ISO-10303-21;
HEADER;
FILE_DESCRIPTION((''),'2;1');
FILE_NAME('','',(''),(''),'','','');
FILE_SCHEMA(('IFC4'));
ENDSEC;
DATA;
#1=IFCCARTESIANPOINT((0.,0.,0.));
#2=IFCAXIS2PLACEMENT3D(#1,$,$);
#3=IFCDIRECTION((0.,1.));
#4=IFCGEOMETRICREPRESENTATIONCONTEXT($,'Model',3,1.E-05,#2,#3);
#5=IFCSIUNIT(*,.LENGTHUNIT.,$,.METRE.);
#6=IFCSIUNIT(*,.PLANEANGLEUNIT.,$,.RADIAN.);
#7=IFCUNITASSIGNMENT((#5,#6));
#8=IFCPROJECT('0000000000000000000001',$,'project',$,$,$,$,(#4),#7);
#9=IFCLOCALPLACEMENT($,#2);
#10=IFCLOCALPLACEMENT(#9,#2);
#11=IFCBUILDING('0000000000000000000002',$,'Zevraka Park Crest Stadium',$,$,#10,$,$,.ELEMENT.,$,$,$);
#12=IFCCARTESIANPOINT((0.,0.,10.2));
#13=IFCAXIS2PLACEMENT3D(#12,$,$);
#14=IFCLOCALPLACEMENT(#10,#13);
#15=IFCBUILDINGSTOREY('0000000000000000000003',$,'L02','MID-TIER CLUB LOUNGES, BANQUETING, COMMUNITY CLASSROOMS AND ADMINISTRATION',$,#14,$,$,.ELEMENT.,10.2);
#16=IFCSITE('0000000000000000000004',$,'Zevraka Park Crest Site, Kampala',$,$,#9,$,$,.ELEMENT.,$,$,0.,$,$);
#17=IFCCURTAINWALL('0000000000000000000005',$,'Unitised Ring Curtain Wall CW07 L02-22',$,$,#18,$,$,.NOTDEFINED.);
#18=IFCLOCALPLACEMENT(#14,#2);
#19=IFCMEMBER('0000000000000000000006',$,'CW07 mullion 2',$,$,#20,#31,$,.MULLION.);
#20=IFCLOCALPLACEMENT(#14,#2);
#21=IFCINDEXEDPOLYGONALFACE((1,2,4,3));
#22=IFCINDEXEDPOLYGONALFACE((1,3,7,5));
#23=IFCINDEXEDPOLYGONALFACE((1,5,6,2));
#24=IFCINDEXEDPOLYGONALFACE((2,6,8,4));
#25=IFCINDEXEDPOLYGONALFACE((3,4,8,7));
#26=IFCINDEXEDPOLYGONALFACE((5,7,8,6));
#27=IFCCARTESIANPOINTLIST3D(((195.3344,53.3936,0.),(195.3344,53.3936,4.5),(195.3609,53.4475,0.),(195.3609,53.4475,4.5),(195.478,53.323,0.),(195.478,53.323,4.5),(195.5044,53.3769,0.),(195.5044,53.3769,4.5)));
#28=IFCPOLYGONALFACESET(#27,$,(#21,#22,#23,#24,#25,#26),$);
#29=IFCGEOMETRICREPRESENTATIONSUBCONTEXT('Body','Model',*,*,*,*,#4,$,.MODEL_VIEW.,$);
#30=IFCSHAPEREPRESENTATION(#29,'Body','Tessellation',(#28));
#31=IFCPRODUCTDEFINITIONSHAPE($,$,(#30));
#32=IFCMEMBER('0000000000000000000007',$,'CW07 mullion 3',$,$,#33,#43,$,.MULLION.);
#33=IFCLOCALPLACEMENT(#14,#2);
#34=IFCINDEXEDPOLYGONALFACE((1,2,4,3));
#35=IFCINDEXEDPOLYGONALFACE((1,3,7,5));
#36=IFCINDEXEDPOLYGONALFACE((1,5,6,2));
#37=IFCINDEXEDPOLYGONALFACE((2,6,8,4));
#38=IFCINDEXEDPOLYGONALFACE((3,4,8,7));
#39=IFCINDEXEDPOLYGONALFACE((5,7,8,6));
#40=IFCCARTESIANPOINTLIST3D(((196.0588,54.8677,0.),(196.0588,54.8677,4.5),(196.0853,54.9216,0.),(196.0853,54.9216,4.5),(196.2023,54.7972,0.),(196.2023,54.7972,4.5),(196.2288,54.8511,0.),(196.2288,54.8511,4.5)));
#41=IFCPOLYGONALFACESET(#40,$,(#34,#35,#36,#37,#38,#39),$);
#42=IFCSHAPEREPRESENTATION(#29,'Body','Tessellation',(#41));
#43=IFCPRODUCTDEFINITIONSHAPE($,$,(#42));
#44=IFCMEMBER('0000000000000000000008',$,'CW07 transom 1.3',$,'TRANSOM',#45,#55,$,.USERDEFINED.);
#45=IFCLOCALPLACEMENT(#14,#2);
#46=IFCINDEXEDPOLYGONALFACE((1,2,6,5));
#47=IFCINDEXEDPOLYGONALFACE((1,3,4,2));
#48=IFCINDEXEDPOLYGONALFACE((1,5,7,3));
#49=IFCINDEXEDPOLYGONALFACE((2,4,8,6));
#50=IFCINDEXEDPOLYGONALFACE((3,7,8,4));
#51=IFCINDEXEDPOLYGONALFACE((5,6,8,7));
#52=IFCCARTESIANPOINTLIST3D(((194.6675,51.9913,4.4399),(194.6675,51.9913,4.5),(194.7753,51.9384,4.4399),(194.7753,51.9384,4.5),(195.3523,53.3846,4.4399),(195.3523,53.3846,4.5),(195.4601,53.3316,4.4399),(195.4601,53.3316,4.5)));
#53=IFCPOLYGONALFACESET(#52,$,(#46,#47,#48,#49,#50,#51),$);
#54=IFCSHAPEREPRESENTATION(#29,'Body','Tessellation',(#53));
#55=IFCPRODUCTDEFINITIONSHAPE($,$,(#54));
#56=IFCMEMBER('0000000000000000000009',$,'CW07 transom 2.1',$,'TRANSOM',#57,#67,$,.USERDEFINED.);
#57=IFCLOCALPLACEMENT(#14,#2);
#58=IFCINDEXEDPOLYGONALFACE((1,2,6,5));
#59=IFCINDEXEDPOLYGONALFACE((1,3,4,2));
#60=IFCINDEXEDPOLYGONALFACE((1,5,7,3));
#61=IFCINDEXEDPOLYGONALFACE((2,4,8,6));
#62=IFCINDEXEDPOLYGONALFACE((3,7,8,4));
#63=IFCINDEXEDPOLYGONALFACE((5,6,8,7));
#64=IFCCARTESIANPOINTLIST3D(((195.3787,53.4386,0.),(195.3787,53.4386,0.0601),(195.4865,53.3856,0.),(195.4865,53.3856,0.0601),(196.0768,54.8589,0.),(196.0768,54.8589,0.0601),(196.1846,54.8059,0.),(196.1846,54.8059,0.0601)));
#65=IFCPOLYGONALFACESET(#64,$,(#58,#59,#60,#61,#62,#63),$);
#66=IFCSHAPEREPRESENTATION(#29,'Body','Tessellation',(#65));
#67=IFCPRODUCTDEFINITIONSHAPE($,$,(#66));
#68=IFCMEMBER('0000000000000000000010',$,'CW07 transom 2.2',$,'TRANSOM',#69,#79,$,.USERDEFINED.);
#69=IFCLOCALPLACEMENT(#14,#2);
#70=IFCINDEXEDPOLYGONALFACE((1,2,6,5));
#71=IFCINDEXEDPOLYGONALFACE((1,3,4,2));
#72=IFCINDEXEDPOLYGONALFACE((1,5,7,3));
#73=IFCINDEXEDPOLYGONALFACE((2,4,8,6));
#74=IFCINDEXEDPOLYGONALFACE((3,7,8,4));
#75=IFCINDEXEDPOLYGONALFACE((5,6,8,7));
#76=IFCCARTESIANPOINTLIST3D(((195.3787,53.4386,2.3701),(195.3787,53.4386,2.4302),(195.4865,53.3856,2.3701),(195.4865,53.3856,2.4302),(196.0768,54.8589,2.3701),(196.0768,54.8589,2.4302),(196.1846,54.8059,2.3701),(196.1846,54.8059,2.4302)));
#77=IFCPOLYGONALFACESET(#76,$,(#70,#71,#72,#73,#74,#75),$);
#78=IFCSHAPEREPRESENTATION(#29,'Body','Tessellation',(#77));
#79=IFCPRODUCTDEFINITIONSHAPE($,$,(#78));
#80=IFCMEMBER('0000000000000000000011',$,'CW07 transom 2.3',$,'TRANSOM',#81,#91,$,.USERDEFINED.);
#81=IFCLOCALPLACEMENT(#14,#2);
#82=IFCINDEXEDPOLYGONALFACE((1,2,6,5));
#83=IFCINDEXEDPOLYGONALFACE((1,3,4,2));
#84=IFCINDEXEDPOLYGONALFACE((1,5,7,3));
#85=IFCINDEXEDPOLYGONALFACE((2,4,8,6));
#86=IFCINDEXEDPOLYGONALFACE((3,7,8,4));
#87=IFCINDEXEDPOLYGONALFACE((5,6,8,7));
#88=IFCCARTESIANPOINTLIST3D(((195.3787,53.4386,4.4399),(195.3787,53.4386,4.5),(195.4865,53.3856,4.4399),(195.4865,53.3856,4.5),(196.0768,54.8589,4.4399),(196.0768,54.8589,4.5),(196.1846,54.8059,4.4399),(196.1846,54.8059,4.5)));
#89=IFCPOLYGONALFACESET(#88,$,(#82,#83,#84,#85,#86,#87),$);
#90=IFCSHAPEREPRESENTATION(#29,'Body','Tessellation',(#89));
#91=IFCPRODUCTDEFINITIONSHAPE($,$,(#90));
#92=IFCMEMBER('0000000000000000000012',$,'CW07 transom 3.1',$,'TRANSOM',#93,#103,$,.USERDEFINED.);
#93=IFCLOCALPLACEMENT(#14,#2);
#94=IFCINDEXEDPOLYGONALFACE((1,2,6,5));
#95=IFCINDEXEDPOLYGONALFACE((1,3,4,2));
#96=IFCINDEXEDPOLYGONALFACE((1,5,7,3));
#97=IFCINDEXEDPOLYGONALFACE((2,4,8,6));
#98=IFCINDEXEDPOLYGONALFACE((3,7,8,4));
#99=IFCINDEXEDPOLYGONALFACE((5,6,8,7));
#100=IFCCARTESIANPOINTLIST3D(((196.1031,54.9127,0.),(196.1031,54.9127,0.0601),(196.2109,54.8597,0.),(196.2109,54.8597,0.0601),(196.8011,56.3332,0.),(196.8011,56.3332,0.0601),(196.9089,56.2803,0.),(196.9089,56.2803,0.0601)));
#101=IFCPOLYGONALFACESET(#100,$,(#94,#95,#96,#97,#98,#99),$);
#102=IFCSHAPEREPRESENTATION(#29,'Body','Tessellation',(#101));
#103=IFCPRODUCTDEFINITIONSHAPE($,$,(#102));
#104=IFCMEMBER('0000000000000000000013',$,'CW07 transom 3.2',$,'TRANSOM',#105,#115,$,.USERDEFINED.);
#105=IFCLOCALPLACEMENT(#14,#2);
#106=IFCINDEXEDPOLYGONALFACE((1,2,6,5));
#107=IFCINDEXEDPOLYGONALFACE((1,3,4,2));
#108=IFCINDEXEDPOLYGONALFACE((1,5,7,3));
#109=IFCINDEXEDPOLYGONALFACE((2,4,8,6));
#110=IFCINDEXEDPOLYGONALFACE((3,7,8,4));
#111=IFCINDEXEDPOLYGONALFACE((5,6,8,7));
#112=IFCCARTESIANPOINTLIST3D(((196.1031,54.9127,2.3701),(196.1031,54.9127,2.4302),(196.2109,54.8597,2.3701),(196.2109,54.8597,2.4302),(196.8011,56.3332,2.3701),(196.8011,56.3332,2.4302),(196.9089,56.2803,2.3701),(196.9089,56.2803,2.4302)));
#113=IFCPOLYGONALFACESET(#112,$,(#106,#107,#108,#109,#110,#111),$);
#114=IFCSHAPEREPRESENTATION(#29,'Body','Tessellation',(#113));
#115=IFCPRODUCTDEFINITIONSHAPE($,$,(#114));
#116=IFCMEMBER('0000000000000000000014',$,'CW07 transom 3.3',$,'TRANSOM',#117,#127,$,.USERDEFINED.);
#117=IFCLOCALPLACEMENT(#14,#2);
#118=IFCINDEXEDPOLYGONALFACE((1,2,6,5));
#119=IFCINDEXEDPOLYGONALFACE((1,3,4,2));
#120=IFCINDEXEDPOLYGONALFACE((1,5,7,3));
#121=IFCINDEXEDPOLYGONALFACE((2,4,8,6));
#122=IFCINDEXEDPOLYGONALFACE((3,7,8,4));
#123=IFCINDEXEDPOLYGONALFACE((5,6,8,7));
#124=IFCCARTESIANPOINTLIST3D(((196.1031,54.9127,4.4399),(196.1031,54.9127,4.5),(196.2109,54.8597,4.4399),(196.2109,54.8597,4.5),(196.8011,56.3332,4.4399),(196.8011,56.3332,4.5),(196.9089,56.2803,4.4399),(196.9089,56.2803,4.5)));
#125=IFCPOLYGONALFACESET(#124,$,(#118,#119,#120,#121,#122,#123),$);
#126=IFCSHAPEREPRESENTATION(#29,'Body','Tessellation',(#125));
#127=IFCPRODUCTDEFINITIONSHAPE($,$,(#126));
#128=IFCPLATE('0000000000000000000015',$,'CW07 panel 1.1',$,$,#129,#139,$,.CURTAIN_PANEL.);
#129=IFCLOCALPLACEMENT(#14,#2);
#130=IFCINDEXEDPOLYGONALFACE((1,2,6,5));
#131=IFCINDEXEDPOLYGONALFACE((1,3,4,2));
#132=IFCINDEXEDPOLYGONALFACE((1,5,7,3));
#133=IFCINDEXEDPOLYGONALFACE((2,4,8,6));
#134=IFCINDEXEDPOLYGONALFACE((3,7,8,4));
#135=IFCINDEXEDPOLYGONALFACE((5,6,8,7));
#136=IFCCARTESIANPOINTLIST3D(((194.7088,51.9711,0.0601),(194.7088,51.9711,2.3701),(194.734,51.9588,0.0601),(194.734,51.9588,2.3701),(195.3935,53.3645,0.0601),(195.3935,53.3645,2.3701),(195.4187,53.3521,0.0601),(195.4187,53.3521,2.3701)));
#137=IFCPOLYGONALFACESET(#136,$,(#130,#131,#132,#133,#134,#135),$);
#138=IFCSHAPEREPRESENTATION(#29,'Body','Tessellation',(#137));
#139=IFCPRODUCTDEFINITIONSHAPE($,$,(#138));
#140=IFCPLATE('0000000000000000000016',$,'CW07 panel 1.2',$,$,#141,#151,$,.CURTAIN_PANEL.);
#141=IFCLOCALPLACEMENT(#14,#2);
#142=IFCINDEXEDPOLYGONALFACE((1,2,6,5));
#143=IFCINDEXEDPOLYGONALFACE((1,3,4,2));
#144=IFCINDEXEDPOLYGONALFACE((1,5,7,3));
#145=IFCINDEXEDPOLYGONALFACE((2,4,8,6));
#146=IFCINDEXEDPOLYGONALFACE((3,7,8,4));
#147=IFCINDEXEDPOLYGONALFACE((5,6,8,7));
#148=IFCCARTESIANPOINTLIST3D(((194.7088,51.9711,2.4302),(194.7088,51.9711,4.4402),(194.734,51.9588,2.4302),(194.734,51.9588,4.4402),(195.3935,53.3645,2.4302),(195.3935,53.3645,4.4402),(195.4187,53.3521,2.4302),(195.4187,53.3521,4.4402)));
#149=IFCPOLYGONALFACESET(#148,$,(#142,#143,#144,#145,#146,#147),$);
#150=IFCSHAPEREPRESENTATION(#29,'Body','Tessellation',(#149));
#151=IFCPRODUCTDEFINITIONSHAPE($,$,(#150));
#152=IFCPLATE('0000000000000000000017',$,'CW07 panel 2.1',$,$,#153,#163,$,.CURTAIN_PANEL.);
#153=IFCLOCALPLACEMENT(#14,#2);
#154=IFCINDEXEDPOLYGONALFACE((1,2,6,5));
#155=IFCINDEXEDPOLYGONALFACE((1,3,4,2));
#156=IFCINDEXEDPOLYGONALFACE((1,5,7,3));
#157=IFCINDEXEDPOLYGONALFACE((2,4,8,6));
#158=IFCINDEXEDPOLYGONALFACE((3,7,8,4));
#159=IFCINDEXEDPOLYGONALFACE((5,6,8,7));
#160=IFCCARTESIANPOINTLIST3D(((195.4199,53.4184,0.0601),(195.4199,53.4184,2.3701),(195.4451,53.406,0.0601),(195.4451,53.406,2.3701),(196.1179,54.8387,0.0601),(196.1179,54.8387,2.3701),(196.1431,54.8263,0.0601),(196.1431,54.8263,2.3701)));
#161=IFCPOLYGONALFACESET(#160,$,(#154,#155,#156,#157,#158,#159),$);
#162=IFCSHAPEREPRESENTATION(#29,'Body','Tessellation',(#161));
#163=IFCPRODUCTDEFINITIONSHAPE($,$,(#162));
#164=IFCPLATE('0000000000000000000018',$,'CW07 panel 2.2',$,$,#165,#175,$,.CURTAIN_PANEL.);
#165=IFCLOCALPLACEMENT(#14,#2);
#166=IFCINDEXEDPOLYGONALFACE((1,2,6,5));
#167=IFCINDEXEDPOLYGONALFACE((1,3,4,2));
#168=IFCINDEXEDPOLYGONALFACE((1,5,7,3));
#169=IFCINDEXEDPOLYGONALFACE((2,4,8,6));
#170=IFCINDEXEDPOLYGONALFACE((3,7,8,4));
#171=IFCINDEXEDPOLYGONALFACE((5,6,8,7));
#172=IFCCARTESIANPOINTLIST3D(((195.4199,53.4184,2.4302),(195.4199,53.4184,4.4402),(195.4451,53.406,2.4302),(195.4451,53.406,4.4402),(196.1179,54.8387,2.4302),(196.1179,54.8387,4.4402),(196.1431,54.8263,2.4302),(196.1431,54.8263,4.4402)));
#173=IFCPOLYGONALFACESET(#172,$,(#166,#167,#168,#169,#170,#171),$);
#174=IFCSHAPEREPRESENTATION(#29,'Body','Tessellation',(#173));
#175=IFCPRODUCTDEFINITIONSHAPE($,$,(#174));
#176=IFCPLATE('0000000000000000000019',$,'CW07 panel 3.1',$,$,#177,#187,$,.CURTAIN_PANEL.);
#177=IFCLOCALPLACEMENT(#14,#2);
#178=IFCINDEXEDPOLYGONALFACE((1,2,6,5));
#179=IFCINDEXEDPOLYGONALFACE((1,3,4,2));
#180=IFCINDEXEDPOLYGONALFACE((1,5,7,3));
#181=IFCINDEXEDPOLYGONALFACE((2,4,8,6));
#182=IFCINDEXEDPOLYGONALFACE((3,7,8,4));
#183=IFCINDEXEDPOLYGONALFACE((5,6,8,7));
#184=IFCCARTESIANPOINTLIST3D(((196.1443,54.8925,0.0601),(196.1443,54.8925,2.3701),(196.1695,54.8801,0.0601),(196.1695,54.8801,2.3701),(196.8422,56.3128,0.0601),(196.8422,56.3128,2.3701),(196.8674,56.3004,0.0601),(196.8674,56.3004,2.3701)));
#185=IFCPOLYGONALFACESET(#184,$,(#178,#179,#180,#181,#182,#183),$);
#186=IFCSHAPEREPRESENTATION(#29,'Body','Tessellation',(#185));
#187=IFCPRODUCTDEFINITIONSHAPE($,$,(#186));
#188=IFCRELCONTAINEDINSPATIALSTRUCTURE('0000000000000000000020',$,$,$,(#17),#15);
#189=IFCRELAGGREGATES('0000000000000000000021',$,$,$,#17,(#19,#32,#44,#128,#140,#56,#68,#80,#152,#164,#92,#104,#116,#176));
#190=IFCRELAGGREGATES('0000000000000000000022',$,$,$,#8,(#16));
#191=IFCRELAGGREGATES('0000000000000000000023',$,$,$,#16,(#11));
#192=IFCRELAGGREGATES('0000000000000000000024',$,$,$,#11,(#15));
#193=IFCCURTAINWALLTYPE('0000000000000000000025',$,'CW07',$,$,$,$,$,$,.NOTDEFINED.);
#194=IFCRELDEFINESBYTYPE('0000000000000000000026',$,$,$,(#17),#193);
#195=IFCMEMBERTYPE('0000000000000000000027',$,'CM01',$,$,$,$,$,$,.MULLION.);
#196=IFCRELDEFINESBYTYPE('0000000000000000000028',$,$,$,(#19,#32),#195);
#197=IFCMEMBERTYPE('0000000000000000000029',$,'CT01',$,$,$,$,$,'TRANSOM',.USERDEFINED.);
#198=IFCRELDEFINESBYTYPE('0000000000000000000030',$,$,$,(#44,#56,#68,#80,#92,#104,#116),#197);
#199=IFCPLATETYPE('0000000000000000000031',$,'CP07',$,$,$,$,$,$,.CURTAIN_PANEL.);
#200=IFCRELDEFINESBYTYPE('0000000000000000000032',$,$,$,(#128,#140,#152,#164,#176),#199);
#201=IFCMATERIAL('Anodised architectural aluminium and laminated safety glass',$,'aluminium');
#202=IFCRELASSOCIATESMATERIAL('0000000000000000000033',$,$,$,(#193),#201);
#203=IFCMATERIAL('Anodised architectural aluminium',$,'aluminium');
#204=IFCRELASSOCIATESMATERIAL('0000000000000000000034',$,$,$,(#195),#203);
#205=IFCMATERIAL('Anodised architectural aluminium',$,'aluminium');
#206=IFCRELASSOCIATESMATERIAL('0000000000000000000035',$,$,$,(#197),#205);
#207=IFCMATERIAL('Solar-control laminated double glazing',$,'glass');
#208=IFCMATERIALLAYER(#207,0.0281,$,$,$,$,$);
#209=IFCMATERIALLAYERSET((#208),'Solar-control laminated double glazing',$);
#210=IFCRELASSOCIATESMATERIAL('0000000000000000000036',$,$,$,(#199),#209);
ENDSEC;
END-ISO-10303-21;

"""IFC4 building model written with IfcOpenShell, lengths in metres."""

from ifc_helpers import new_model, si_unit, direction, frame, origin, origin_2d, place, context, subcontext, project, spatial, rectangle, extrude, material, layer, layer_set, material_profile, profile_set, type_object, element, aggregate, save


model = new_model("IFC4")

# Units and contexts
model_context = context("Model", 3, precision=1e-05, world=origin(), true_north=direction((0.0, 1.0)))
body_context = subcontext(model_context, "Body", "Model", "MODEL_VIEW")
ifc_project = project(units=[si_unit("LENGTHUNIT", "METRE"), si_unit("PLANEANGLEUNIT", "RADIAN")], contexts=[model_context])

# Site, building, storey
site_placement = place(None, origin())
site = spatial("IfcSite", under=ifc_project, at=site_placement, Name="Zevraka Park Crest Site, Kampala", CompositionType="ELEMENT", RefElevation=0.0)
building_placement = place(site_placement, origin())
building = spatial("IfcBuilding", under=site, at=building_placement, Name="Zevraka Park Crest Stadium", CompositionType="ELEMENT")
storey_placement = place(building_placement, frame((0.0, 0.0, 10.2)))
storey = spatial("IfcBuildingStorey", under=building, at=storey_placement, Name="L02", Description="MID-TIER CLUB LOUNGES, BANQUETING, COMMUNITY CLASSROOMS AND ADMINISTRATION", CompositionType="ELEMENT", Elevation=10.2)

# Curtain wall, members, plates
ifc_material_1 = material(Name="Anodised architectural aluminium and laminated safety glass", Category="aluminium")
curtain_wall_type = type_object("IfcCurtainWallType", Name="CW07", PredefinedType="NOTDEFINED", material=ifc_material_1)
curtain_wall_placement = place(storey_placement, origin())
curtain_wall = element("IfcCurtainWall", 1, at=curtain_wall_placement, inside=storey, type_object=curtain_wall_type, Name="Unitised Ring Curtain Wall CW07 L02-22", PredefinedType="NOTDEFINED")
ifc_material_2 = material(Name="Anodised architectural aluminium", Category="aluminium")
ifc_material_profile_1 = material_profile(ifc_material_2, rectangle(XDim=0.1599, YDim=0.0601, at=origin_2d()), Name="ALU MULLION 160x60")
ifc_profile_set_1 = profile_set([ifc_material_profile_1], Name="Anodised architectural aluminium")
member_type_1 = type_object("IfcMemberType", Name="CM01", PredefinedType="MULLION", material=ifc_profile_set_1)
member_1_placement = place(storey_placement, frame((195.4194, 53.3853, 0.0), z_axis=(0.0, 0.0, 1.0), x_axis=(-0.897497, 0.441021, 0.0)))
member_1 = element("IfcMember", 2, at=member_1_placement, type_object=member_type_1, Name="CW07 mullion 2", PredefinedType="MULLION", context=body_context, shape_type="SweptSolid", body=[
    extrude(rectangle(XDim=0.1599, YDim=0.0601, at=origin_2d()), origin(), (0.0, 0.0, 1.0), 4.5),
])
member_2_placement = place(storey_placement, frame((196.1438, 54.8594, 0.0), z_axis=(0.0, 0.0, 1.0), x_axis=(-0.897497, 0.441021, 0.0)))
member_2 = element("IfcMember", 3, at=member_2_placement, type_object=member_type_1, Name="CW07 mullion 3", PredefinedType="MULLION", context=body_context, shape_type="SweptSolid", body=[
    extrude(rectangle(XDim=0.1599, YDim=0.0601, at=origin_2d()), origin(), (0.0, 0.0, 1.0), 4.5),
])
ifc_material_3 = material(Name="Anodised architectural aluminium", Category="aluminium")
ifc_material_profile_2 = material_profile(ifc_material_3, rectangle(XDim=0.1201, YDim=0.0601, at=origin_2d()), Name="ALU TRANSOM 120x60")
ifc_profile_set_2 = profile_set([ifc_material_profile_2], Name="Anodised architectural aluminium")
member_type_2 = type_object("IfcMemberType", Name="CT01", ElementType="TRANSOM", PredefinedType="USERDEFINED", material=ifc_profile_set_2)
member_3_placement = place(storey_placement, frame((194.7214, 51.9648, 4.47), z_axis=(0.441102, 0.897457, 0.0), x_axis=(-0.897457, 0.441102, 0.0)))
member_3 = element("IfcMember", 4, at=member_3_placement, type_object=member_type_2, Name="CW07 transom 1.3", ObjectType="TRANSOM", PredefinedType="USERDEFINED", context=body_context, shape_type="SweptSolid", body=[
    extrude(rectangle(XDim=0.1201, YDim=0.0601, at=origin_2d()), origin(), (0.0, 0.0, 1.0), 1.5525),
])
member_4_placement = place(storey_placement, frame((195.4326, 53.4121, 0.03), z_axis=(0.441094, 0.897461, 0.0), x_axis=(-0.897461, 0.441094, 0.0)))
member_4 = element("IfcMember", 5, at=member_4_placement, type_object=member_type_2, Name="CW07 transom 2.1", ObjectType="TRANSOM", PredefinedType="USERDEFINED", context=body_context, shape_type="SweptSolid", body=[
    extrude(rectangle(XDim=0.1201, YDim=0.0601, at=origin_2d()), origin(), (0.0, 0.0, 1.0), 1.5825),
])
member_5_placement = place(storey_placement, frame((195.4326, 53.4121, 2.4001), z_axis=(0.441094, 0.897461, 0.0), x_axis=(-0.897461, 0.441094, 0.0)))
member_5 = element("IfcMember", 6, at=member_5_placement, type_object=member_type_2, Name="CW07 transom 2.2", ObjectType="TRANSOM", PredefinedType="USERDEFINED", context=body_context, shape_type="SweptSolid", body=[
    extrude(rectangle(XDim=0.1201, YDim=0.0601, at=origin_2d()), origin(), (0.0, 0.0, 1.0), 1.5825),
])
member_6_placement = place(storey_placement, frame((195.4326, 53.4121, 4.47), z_axis=(0.441094, 0.897461, 0.0), x_axis=(-0.897461, 0.441094, 0.0)))
member_6 = element("IfcMember", 7, at=member_6_placement, type_object=member_type_2, Name="CW07 transom 2.3", ObjectType="TRANSOM", PredefinedType="USERDEFINED", context=body_context, shape_type="SweptSolid", body=[
    extrude(rectangle(XDim=0.1201, YDim=0.0601, at=origin_2d()), origin(), (0.0, 0.0, 1.0), 1.5825),
])
member_7_placement = place(storey_placement, frame((196.157, 54.8862, 0.03), z_axis=(0.441033, 0.897491, 0.0), x_axis=(-0.897491, 0.441033, 0.0)))
member_7 = element("IfcMember", 8, at=member_7_placement, type_object=member_type_2, Name="CW07 transom 3.1", ObjectType="TRANSOM", PredefinedType="USERDEFINED", context=body_context, shape_type="SweptSolid", body=[
    extrude(rectangle(XDim=0.1201, YDim=0.0601, at=origin_2d()), origin(), (0.0, 0.0, 1.0), 1.5828),
])
member_8_placement = place(storey_placement, frame((196.157, 54.8862, 2.4001), z_axis=(0.441033, 0.897491, 0.0), x_axis=(-0.897491, 0.441033, 0.0)))
member_8 = element("IfcMember", 9, at=member_8_placement, type_object=member_type_2, Name="CW07 transom 3.2", ObjectType="TRANSOM", PredefinedType="USERDEFINED", context=body_context, shape_type="SweptSolid", body=[
    extrude(rectangle(XDim=0.1201, YDim=0.0601, at=origin_2d()), origin(), (0.0, 0.0, 1.0), 1.5828),
])
member_9_placement = place(storey_placement, frame((196.157, 54.8862, 4.47), z_axis=(0.441033, 0.897491, 0.0), x_axis=(-0.897491, 0.441033, 0.0)))
member_9 = element("IfcMember", 10, at=member_9_placement, type_object=member_type_2, Name="CW07 transom 3.3", ObjectType="TRANSOM", PredefinedType="USERDEFINED", context=body_context, shape_type="SweptSolid", body=[
    extrude(rectangle(XDim=0.1201, YDim=0.0601, at=origin_2d()), origin(), (0.0, 0.0, 1.0), 1.5828),
])
ifc_material_4 = material(Name="Solar-control laminated double glazing", Category="glass")
ifc_layer_1 = layer(ifc_material_4, 0.0281)
ifc_layer_set_1 = layer_set([ifc_layer_1], Name="Solar-control laminated double glazing")
plate_type = type_object("IfcPlateType", Name="CP07", PredefinedType="CURTAIN_PANEL", material=ifc_layer_set_1)
plate_1_placement = place(storey_placement, frame((195.0637, 52.6616, 0.0601), z_axis=(0.0, 0.0, 1.0), x_axis=(0.441021, 0.897497, 0.0)))
plate_1 = element("IfcPlate", 11, at=plate_1_placement, type_object=plate_type, Name="CW07 panel 1.1", PredefinedType="CURTAIN_PANEL", context=body_context, shape_type="SweptSolid", body=[
    extrude(rectangle(XDim=1.5525, YDim=0.0281, at=origin_2d()), origin(), (0.0, 0.0, 1.0), 2.3101),
])
plate_2_placement = place(storey_placement, frame((195.0637, 52.6616, 2.4302), z_axis=(0.0, 0.0, 1.0), x_axis=(0.441021, 0.897497, 0.0)))
plate_2 = element("IfcPlate", 12, at=plate_2_placement, type_object=plate_type, Name="CW07 panel 1.2", PredefinedType="CURTAIN_PANEL", context=body_context, shape_type="SweptSolid", body=[
    extrude(rectangle(XDim=1.5525, YDim=0.0281, at=origin_2d()), origin(), (0.0, 0.0, 1.0), 2.01),
])
plate_3_placement = place(storey_placement, frame((195.7815, 54.1223, 0.0601), z_axis=(0.0, 0.0, 1.0), x_axis=(0.441021, 0.897497, 0.0)))
plate_3 = element("IfcPlate", 13, at=plate_3_placement, type_object=plate_type, Name="CW07 panel 2.1", PredefinedType="CURTAIN_PANEL", context=body_context, shape_type="SweptSolid", body=[
    extrude(rectangle(XDim=1.5825, YDim=0.0281, at=origin_2d()), origin(), (0.0, 0.0, 1.0), 2.3101),
])
plate_4_placement = place(storey_placement, frame((195.7815, 54.1223, 2.4302), z_axis=(0.0, 0.0, 1.0), x_axis=(0.441021, 0.897497, 0.0)))
plate_4 = element("IfcPlate", 14, at=plate_4_placement, type_object=plate_type, Name="CW07 panel 2.2", PredefinedType="CURTAIN_PANEL", context=body_context, shape_type="SweptSolid", body=[
    extrude(rectangle(XDim=1.5825, YDim=0.0281, at=origin_2d()), origin(), (0.0, 0.0, 1.0), 2.01),
])
plate_5_placement = place(storey_placement, frame((196.5059, 55.5964, 0.0601), z_axis=(0.0, 0.0, 1.0), x_axis=(0.441021, 0.897497, 0.0)))
plate_5 = element("IfcPlate", 15, at=plate_5_placement, type_object=plate_type, Name="CW07 panel 3.1", PredefinedType="CURTAIN_PANEL", context=body_context, shape_type="SweptSolid", body=[
    extrude(rectangle(XDim=1.5825, YDim=0.0281, at=origin_2d()), origin(), (0.0, 0.0, 1.0), 2.3101),
])
aggregate(curtain_wall, [member_1, member_2, member_3, plate_1, plate_2, member_4, member_5, member_6, plate_3, plate_4, member_7, member_8, member_9, plate_5])

save(model, "model.ifc")
